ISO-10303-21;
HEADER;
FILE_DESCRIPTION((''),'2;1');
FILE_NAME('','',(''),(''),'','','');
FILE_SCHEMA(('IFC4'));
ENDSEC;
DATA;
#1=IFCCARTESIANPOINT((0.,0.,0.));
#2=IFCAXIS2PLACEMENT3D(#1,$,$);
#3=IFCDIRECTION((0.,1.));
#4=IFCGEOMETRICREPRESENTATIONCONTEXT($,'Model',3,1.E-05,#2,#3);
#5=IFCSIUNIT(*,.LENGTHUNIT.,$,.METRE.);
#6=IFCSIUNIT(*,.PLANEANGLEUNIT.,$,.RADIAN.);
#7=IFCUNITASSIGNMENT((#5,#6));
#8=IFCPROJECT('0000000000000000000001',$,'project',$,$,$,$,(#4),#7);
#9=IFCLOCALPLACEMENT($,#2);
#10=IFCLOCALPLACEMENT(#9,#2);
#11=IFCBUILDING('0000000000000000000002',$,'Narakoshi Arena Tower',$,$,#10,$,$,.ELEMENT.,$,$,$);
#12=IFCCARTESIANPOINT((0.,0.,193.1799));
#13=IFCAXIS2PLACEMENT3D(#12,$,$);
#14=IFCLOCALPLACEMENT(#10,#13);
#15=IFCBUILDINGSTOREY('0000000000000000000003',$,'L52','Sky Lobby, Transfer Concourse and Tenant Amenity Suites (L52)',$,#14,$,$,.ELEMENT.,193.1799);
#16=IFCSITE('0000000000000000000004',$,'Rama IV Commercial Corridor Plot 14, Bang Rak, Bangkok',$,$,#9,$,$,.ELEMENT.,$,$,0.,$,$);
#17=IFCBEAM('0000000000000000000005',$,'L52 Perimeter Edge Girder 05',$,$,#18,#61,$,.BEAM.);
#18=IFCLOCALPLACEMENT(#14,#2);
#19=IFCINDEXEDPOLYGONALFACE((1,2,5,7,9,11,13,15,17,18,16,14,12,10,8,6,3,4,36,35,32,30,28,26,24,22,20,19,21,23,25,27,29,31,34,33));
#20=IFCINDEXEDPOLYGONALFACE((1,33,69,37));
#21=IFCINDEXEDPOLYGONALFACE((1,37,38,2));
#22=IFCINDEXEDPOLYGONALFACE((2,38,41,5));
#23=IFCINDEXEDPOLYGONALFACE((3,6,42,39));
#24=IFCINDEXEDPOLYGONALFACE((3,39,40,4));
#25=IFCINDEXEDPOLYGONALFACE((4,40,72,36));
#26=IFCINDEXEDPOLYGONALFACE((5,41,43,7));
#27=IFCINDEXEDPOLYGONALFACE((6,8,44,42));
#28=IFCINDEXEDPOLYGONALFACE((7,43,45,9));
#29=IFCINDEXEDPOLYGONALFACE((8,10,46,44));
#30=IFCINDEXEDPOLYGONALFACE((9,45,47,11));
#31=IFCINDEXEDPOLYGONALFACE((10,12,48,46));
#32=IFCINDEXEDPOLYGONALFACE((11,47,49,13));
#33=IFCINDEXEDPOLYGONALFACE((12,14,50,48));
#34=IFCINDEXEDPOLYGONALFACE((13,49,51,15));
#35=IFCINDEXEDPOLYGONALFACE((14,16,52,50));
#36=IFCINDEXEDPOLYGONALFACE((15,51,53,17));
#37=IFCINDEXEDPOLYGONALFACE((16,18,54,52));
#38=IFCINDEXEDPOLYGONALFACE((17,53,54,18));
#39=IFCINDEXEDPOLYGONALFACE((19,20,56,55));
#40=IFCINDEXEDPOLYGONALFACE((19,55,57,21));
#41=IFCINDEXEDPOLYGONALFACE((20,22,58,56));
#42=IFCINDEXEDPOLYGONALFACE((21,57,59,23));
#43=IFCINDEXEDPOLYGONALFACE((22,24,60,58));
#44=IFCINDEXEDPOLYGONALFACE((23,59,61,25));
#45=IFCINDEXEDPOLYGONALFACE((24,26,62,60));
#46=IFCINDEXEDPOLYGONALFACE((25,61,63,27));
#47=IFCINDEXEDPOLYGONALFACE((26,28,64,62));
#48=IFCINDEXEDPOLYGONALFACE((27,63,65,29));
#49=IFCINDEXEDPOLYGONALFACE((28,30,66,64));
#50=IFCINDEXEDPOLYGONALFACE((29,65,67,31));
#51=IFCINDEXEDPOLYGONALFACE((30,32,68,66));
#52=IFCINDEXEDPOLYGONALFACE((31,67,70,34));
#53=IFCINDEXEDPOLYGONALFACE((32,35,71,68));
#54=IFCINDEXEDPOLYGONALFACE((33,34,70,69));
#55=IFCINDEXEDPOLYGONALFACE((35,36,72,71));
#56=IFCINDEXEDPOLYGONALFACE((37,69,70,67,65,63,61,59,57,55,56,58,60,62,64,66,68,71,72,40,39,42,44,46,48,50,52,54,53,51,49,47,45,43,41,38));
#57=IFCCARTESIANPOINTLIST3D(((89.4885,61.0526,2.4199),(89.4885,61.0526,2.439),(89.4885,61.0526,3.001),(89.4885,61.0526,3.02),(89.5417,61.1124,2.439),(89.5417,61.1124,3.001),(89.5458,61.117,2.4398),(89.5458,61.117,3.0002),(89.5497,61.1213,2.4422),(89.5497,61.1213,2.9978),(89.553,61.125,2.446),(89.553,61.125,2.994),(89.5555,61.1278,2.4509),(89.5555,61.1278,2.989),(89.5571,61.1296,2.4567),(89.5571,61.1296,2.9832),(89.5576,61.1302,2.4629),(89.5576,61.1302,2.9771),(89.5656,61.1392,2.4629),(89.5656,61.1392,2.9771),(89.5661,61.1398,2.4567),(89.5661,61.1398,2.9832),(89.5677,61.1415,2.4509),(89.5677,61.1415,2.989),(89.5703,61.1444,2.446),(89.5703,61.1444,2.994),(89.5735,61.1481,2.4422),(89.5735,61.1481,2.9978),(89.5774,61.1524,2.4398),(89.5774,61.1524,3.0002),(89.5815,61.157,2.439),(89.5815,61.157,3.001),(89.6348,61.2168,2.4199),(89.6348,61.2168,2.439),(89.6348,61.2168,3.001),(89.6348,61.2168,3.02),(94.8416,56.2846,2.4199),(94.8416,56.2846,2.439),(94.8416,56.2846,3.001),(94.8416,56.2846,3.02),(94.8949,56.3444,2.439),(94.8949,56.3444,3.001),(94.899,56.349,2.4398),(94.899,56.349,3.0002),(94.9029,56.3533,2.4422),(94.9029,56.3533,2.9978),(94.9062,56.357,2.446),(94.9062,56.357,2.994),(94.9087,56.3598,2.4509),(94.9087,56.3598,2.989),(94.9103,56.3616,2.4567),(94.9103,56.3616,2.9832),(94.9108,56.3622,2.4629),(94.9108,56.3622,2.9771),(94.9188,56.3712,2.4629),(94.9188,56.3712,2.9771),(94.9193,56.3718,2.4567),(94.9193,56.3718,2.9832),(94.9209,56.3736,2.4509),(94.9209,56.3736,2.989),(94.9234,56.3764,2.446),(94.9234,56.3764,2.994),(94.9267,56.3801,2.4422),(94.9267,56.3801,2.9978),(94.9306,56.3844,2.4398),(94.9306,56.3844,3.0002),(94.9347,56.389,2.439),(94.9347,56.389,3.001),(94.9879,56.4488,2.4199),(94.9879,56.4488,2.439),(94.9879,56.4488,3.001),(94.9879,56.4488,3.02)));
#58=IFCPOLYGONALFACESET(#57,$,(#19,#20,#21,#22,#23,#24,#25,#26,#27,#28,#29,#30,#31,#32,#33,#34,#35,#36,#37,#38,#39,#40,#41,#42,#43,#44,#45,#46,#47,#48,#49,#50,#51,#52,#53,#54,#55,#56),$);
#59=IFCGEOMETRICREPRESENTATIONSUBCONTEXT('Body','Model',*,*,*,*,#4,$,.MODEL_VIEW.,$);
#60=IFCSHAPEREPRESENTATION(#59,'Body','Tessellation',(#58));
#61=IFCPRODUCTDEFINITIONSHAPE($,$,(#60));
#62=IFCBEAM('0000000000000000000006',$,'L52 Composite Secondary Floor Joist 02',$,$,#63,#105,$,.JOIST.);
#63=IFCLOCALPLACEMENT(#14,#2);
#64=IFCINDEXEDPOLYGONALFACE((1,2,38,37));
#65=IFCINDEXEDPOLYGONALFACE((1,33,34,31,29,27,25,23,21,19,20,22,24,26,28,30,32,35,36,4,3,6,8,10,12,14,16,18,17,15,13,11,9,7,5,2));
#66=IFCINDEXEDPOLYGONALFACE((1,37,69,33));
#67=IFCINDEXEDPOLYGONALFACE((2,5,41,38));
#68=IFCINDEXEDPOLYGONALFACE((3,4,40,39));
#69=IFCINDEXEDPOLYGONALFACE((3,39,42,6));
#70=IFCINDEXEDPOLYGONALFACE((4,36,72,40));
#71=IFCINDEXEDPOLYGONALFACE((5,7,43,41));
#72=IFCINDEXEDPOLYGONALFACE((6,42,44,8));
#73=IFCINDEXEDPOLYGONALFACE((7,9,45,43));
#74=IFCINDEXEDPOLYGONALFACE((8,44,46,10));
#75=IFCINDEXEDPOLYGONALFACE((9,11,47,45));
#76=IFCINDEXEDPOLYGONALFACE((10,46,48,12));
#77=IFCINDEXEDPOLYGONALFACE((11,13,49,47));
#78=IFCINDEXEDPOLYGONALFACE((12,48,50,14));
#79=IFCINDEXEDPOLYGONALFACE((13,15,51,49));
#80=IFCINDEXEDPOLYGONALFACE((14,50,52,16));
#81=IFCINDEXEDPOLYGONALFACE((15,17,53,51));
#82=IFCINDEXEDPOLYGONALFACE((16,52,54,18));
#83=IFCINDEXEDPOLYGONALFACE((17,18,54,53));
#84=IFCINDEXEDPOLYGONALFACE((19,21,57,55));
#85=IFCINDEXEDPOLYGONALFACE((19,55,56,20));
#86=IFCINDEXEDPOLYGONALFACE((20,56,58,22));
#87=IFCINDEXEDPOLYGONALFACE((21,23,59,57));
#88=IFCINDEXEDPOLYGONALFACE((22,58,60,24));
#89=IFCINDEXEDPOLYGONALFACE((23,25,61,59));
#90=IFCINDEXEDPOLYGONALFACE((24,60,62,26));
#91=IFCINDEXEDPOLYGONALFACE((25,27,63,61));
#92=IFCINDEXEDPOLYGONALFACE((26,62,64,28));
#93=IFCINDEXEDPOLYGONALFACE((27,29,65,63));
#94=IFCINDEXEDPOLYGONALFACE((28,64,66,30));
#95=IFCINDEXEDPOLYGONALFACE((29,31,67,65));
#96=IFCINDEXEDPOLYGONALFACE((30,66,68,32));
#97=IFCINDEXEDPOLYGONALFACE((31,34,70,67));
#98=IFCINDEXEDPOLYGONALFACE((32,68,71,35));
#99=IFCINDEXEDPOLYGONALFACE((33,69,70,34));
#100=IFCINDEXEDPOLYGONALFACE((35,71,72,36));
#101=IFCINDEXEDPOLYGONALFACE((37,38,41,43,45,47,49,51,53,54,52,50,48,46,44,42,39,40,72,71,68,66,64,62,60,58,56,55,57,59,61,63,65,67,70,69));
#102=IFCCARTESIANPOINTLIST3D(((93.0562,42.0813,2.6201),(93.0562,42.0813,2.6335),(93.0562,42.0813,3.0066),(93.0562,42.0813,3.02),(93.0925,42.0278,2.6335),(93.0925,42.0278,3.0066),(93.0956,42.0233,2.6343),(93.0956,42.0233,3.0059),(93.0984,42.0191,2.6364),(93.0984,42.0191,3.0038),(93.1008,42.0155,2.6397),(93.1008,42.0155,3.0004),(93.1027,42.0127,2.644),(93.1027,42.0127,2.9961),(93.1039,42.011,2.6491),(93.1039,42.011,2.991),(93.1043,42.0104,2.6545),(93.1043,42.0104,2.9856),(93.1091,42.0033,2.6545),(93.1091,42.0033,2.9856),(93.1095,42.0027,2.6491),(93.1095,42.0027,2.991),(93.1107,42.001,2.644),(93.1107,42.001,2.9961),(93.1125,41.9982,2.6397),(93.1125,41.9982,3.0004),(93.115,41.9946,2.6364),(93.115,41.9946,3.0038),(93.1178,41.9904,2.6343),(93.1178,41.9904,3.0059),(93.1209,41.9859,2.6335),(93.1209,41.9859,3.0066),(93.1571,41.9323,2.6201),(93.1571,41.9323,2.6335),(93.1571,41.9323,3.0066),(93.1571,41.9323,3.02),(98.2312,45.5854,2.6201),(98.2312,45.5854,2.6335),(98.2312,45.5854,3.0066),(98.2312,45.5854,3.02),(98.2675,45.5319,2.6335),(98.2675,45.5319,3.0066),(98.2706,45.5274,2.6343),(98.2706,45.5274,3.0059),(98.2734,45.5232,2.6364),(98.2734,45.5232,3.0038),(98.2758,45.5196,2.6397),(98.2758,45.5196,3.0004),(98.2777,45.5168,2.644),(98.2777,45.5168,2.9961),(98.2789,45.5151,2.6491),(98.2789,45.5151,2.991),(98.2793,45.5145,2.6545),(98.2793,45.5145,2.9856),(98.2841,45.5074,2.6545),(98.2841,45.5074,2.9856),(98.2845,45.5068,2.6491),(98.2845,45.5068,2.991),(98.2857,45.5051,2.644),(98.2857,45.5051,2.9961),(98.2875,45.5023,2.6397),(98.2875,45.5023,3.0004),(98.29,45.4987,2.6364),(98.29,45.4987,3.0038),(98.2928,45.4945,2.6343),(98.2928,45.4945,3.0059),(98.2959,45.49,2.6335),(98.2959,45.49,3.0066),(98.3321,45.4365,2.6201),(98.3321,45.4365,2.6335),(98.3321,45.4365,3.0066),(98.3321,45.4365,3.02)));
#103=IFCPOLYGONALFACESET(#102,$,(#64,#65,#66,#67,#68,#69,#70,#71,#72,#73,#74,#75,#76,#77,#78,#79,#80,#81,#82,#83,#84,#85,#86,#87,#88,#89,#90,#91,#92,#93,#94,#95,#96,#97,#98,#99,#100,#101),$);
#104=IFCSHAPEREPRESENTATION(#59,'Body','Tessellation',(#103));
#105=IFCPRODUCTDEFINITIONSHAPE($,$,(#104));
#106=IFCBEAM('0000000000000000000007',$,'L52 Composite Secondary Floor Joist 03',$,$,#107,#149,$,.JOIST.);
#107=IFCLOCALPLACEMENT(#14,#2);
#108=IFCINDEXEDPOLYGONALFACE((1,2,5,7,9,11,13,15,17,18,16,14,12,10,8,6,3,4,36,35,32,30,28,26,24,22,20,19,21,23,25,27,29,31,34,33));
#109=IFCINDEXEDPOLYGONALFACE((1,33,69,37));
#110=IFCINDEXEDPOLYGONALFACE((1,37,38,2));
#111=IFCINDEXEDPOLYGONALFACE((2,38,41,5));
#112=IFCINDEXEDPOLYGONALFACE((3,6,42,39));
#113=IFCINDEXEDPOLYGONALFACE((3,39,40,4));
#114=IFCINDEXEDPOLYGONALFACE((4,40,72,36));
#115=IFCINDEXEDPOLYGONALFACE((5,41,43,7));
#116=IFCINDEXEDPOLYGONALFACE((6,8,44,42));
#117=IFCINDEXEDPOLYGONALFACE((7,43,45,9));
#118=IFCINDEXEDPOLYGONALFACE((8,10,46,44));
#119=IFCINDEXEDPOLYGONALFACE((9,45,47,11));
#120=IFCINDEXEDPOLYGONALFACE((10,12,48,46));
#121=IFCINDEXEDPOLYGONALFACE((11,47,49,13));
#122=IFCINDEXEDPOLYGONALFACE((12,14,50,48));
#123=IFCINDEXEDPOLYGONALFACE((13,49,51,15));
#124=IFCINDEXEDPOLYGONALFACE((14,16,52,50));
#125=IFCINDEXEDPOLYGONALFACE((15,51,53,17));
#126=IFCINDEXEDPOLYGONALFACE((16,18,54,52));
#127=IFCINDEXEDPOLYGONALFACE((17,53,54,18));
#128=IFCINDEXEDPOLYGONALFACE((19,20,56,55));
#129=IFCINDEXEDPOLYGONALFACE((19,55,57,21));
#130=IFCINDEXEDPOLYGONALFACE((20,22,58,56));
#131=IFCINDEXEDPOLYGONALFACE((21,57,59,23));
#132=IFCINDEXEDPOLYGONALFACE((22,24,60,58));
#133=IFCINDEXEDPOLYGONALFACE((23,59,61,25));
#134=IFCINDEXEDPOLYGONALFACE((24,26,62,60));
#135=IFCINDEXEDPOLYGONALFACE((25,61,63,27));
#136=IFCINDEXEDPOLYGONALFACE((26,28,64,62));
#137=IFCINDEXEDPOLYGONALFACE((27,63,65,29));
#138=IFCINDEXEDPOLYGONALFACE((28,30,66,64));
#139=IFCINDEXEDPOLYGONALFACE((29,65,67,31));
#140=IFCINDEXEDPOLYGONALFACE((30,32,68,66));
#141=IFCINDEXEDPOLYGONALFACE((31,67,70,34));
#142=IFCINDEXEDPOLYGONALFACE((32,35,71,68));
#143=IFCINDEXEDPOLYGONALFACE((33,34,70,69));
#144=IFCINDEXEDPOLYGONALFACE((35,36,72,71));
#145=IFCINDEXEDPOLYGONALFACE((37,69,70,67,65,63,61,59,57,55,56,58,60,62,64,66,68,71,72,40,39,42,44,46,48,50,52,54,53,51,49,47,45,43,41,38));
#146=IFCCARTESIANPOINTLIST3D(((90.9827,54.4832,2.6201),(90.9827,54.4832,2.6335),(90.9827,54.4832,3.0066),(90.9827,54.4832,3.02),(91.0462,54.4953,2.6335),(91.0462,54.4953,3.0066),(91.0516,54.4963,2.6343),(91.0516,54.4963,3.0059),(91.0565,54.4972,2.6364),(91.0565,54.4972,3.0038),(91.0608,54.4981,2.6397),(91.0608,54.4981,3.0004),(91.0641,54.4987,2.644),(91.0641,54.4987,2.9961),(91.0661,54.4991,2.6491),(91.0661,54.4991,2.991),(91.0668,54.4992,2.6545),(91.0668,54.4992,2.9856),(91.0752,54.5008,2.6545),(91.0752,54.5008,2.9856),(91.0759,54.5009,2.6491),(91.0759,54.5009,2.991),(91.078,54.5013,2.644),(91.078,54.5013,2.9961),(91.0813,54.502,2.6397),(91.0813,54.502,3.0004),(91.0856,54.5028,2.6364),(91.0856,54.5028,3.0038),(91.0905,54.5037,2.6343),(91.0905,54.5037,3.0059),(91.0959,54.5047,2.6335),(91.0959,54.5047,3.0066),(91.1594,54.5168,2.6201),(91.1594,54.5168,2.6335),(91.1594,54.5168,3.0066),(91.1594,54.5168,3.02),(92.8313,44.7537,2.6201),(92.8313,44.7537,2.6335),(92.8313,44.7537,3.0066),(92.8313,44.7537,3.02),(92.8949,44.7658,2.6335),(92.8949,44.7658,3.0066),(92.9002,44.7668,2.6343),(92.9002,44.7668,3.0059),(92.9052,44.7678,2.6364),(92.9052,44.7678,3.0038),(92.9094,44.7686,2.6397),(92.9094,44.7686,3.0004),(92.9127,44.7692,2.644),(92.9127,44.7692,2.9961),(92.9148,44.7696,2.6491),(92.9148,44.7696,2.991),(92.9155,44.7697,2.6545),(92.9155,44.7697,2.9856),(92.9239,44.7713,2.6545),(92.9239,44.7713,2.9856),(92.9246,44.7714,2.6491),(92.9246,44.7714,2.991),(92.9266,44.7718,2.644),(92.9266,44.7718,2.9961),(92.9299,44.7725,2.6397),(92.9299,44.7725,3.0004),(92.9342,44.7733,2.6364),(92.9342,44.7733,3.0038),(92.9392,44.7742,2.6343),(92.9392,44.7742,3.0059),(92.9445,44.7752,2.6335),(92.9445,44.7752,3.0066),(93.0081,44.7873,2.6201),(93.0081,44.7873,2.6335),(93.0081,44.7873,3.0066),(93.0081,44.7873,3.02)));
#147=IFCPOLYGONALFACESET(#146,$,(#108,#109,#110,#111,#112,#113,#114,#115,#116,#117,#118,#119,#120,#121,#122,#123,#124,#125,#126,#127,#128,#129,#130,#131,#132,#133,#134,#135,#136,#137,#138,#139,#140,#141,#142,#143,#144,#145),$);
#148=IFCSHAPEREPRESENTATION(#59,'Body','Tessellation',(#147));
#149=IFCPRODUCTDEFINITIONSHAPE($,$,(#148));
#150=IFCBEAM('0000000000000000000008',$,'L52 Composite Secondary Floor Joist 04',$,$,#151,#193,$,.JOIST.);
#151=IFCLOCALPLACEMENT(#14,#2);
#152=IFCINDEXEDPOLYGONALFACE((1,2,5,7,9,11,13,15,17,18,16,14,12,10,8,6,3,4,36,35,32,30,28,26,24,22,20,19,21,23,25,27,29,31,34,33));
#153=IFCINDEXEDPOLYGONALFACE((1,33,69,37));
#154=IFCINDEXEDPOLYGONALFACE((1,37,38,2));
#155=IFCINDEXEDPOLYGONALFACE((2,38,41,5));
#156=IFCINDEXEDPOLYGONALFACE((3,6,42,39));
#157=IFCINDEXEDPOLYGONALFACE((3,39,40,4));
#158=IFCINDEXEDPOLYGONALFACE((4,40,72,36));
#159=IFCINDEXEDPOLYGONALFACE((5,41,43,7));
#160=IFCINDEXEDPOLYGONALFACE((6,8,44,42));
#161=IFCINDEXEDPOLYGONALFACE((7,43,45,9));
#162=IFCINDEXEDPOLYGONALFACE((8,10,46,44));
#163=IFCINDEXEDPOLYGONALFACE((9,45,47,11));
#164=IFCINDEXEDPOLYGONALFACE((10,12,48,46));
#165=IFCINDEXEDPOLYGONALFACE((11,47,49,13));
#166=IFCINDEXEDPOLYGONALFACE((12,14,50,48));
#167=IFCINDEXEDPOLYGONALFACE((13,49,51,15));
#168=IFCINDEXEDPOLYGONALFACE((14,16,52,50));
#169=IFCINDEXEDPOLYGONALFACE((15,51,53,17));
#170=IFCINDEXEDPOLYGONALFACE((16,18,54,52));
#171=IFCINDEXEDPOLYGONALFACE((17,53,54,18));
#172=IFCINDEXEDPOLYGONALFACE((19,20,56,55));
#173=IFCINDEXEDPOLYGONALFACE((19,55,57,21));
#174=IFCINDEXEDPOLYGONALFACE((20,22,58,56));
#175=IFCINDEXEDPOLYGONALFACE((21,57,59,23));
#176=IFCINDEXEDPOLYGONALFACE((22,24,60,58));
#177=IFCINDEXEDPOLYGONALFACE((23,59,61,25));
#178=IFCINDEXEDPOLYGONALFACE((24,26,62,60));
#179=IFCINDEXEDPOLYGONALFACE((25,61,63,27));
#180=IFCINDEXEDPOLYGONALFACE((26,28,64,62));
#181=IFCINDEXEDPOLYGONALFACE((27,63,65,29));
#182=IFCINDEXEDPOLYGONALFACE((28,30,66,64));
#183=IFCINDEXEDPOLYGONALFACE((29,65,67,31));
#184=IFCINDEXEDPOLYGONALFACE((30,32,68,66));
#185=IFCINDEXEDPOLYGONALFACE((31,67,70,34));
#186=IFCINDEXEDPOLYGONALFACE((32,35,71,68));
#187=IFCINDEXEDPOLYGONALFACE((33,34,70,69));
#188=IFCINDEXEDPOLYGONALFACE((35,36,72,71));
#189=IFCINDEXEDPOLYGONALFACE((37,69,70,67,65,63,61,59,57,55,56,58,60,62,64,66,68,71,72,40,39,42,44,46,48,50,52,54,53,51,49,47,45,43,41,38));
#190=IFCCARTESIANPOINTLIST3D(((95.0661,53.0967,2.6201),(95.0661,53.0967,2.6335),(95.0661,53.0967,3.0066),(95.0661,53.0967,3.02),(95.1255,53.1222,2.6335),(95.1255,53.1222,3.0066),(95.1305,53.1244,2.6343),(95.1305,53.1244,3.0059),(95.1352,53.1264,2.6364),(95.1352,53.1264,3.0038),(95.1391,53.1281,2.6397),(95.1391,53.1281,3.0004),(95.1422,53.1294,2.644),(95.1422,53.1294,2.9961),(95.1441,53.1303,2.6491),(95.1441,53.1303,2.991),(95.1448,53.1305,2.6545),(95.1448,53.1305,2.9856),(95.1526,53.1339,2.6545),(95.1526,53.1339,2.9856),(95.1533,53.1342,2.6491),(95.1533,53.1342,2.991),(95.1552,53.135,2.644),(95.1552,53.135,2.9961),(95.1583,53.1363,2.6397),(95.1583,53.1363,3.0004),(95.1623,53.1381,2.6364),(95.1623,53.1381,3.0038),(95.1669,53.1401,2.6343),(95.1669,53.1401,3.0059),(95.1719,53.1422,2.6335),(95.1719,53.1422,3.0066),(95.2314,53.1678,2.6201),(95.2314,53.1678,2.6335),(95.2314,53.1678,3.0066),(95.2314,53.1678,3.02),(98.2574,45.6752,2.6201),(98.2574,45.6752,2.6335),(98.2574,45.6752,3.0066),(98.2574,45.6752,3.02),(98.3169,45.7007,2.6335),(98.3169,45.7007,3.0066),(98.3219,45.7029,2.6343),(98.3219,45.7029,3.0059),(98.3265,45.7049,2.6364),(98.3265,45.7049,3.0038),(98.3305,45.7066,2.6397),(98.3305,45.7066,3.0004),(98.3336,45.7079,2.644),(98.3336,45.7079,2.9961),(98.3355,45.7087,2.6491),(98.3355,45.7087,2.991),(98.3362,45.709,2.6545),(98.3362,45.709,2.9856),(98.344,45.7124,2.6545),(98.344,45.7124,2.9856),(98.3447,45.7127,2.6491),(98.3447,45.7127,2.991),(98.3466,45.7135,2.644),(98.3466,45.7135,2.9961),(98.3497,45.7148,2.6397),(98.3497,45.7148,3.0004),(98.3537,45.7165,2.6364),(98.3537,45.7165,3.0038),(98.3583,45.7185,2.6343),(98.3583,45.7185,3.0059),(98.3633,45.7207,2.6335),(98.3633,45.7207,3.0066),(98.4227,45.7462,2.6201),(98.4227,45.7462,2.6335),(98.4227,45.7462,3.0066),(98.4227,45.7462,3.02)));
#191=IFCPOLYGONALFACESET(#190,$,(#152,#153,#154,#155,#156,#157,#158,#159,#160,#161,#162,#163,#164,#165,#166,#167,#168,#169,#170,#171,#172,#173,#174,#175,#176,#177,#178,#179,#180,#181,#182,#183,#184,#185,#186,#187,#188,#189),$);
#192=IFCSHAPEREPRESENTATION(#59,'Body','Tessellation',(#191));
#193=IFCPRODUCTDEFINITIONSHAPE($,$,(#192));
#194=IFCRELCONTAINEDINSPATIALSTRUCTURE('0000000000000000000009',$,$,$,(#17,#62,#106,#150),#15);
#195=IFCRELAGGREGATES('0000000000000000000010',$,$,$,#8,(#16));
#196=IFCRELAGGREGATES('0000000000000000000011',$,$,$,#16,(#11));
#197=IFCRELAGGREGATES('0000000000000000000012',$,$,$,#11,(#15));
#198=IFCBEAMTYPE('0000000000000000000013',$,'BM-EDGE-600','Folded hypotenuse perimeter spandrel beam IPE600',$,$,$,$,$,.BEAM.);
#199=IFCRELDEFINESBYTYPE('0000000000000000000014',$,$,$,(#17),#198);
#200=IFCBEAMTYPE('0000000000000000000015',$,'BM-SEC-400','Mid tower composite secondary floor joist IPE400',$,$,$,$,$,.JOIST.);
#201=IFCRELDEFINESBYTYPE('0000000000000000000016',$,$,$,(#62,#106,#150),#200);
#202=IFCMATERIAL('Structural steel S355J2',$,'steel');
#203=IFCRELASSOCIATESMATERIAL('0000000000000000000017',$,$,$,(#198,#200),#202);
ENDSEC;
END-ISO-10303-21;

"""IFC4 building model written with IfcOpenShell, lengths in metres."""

from ifc_helpers import new_model, si_unit, direction, frame, origin, origin_2d, place, context, subcontext, project, spatial, i_section, extrude, material, material_profile, profile_set, type_object, element, save


model = new_model("IFC4")

# Units and contexts
model_context = context("Model", 3, precision=1e-05, world=origin(), true_north=direction((0.0, 1.0)))
body_context = subcontext(model_context, "Body", "Model", "MODEL_VIEW")
ifc_project = project(units=[si_unit("LENGTHUNIT", "METRE"), si_unit("PLANEANGLEUNIT", "RADIAN")], contexts=[model_context])

# Site, building, storey
site_placement = place(None, origin())
site = spatial("IfcSite", under=ifc_project, at=site_placement, Name="Rama IV Commercial Corridor Plot 14, Bang Rak, Bangkok", CompositionType="ELEMENT", RefElevation=0.0)
building_placement = place(site_placement, origin())
building = spatial("IfcBuilding", under=site, at=building_placement, Name="Narakoshi Arena Tower", CompositionType="ELEMENT")
storey_placement = place(building_placement, frame((0.0, 0.0, 193.1799)))
storey = spatial("IfcBuildingStorey", under=building, at=storey_placement, Name="L52", Description="Sky Lobby, Transfer Concourse and Tenant Amenity Suites (L52)", CompositionType="ELEMENT", Elevation=193.1799)

# Beams
ifc_material_1 = material(Name="Structural steel S355J2", Category="steel")
ifc_material_profile_1 = material_profile(ifc_material_1, i_section(OverallWidth=0.22, OverallDepth=0.6001, WebThickness=0.012, FlangeThickness=0.019, FilletRadius=0.0239, at=origin_2d()), Name="IPE600")
ifc_profile_set_1 = profile_set([ifc_material_profile_1], Name="Structural steel S355J2")
beam_type_1 = type_object("IfcBeamType", Name="BM-EDGE-600", Description="Folded hypotenuse perimeter spandrel beam IPE600", PredefinedType="BEAM", material=ifc_profile_set_1)
beam_1_placement = place(storey_placement, frame((94.9148, 56.3667, 2.72), z_axis=(-0.746744, 0.665112, 0.0), x_axis=(-0.665112, -0.746744, 0.0)))
element("IfcBeam", 1, at=beam_1_placement, inside=storey, type_object=beam_type_1, Name="L52 Perimeter Edge Girder 05", PredefinedType="BEAM", context=body_context, shape_type="SweptSolid", body=[
    extrude(i_section(OverallWidth=0.22, OverallDepth=0.6001, WebThickness=0.012, FlangeThickness=0.019, FilletRadius=0.0239, at=origin_2d()), origin(), (0.0, 0.0, 1.0), 7.1687),
])
ifc_material_profile_2 = material_profile(ifc_material_1, i_section(OverallWidth=0.1799, OverallDepth=0.3999, WebThickness=0.0085, FlangeThickness=0.0134, FilletRadius=0.021, at=origin_2d()), Name="IPE400")
ifc_profile_set_2 = profile_set([ifc_material_profile_2], Name="Structural steel S355J2")
beam_type_2 = type_object("IfcBeamType", Name="BM-SEC-400", Description="Mid tower composite secondary floor joist IPE400", PredefinedType="JOIST", material=ifc_profile_set_2)
beam_2_placement = place(storey_placement, frame((93.1067, 42.0068, 2.8201), z_axis=(0.828032, 0.560681, 0.0), x_axis=(-0.560681, 0.828032, 0.0)))
element("IfcBeam", 2, at=beam_2_placement, inside=storey, type_object=beam_type_2, Name="L52 Composite Secondary Floor Joist 02", PredefinedType="JOIST", context=body_context, shape_type="SweptSolid", body=[
    extrude(i_section(OverallWidth=0.1799, OverallDepth=0.3999, WebThickness=0.0085, FlangeThickness=0.0134, FilletRadius=0.021, at=origin_2d()), origin(), (0.0, 0.0, 1.0), 6.2498),
])
beam_3_placement = place(storey_placement, frame((92.9197, 44.7705, 2.8201), z_axis=(-0.186664, 0.982424, 0.0), x_axis=(-0.982424, -0.186664, 0.0)))
element("IfcBeam", 3, at=beam_3_placement, inside=storey, type_object=beam_type_2, Name="L52 Composite Secondary Floor Joist 03", PredefinedType="JOIST", context=body_context, shape_type="SweptSolid", body=[
    extrude(i_section(OverallWidth=0.1799, OverallDepth=0.3999, WebThickness=0.0085, FlangeThickness=0.0134, FilletRadius=0.021, at=origin_2d()), origin(), (0.0, 0.0, 1.0), 9.9036),
])
beam_4_placement = place(storey_placement, frame((98.3401, 45.7107, 2.8201), z_axis=(-0.395039, 0.918664, 0.0), x_axis=(-0.918664, -0.395039, 0.0)))
element("IfcBeam", 4, at=beam_4_placement, inside=storey, type_object=beam_type_2, Name="L52 Composite Secondary Floor Joist 04", PredefinedType="JOIST", context=body_context, shape_type="SweptSolid", body=[
    extrude(i_section(OverallWidth=0.1799, OverallDepth=0.3999, WebThickness=0.0085, FlangeThickness=0.0134, FilletRadius=0.021, at=origin_2d()), origin(), (0.0, 0.0, 1.0), 8.0786),
])

save(model, "model.ifc")
